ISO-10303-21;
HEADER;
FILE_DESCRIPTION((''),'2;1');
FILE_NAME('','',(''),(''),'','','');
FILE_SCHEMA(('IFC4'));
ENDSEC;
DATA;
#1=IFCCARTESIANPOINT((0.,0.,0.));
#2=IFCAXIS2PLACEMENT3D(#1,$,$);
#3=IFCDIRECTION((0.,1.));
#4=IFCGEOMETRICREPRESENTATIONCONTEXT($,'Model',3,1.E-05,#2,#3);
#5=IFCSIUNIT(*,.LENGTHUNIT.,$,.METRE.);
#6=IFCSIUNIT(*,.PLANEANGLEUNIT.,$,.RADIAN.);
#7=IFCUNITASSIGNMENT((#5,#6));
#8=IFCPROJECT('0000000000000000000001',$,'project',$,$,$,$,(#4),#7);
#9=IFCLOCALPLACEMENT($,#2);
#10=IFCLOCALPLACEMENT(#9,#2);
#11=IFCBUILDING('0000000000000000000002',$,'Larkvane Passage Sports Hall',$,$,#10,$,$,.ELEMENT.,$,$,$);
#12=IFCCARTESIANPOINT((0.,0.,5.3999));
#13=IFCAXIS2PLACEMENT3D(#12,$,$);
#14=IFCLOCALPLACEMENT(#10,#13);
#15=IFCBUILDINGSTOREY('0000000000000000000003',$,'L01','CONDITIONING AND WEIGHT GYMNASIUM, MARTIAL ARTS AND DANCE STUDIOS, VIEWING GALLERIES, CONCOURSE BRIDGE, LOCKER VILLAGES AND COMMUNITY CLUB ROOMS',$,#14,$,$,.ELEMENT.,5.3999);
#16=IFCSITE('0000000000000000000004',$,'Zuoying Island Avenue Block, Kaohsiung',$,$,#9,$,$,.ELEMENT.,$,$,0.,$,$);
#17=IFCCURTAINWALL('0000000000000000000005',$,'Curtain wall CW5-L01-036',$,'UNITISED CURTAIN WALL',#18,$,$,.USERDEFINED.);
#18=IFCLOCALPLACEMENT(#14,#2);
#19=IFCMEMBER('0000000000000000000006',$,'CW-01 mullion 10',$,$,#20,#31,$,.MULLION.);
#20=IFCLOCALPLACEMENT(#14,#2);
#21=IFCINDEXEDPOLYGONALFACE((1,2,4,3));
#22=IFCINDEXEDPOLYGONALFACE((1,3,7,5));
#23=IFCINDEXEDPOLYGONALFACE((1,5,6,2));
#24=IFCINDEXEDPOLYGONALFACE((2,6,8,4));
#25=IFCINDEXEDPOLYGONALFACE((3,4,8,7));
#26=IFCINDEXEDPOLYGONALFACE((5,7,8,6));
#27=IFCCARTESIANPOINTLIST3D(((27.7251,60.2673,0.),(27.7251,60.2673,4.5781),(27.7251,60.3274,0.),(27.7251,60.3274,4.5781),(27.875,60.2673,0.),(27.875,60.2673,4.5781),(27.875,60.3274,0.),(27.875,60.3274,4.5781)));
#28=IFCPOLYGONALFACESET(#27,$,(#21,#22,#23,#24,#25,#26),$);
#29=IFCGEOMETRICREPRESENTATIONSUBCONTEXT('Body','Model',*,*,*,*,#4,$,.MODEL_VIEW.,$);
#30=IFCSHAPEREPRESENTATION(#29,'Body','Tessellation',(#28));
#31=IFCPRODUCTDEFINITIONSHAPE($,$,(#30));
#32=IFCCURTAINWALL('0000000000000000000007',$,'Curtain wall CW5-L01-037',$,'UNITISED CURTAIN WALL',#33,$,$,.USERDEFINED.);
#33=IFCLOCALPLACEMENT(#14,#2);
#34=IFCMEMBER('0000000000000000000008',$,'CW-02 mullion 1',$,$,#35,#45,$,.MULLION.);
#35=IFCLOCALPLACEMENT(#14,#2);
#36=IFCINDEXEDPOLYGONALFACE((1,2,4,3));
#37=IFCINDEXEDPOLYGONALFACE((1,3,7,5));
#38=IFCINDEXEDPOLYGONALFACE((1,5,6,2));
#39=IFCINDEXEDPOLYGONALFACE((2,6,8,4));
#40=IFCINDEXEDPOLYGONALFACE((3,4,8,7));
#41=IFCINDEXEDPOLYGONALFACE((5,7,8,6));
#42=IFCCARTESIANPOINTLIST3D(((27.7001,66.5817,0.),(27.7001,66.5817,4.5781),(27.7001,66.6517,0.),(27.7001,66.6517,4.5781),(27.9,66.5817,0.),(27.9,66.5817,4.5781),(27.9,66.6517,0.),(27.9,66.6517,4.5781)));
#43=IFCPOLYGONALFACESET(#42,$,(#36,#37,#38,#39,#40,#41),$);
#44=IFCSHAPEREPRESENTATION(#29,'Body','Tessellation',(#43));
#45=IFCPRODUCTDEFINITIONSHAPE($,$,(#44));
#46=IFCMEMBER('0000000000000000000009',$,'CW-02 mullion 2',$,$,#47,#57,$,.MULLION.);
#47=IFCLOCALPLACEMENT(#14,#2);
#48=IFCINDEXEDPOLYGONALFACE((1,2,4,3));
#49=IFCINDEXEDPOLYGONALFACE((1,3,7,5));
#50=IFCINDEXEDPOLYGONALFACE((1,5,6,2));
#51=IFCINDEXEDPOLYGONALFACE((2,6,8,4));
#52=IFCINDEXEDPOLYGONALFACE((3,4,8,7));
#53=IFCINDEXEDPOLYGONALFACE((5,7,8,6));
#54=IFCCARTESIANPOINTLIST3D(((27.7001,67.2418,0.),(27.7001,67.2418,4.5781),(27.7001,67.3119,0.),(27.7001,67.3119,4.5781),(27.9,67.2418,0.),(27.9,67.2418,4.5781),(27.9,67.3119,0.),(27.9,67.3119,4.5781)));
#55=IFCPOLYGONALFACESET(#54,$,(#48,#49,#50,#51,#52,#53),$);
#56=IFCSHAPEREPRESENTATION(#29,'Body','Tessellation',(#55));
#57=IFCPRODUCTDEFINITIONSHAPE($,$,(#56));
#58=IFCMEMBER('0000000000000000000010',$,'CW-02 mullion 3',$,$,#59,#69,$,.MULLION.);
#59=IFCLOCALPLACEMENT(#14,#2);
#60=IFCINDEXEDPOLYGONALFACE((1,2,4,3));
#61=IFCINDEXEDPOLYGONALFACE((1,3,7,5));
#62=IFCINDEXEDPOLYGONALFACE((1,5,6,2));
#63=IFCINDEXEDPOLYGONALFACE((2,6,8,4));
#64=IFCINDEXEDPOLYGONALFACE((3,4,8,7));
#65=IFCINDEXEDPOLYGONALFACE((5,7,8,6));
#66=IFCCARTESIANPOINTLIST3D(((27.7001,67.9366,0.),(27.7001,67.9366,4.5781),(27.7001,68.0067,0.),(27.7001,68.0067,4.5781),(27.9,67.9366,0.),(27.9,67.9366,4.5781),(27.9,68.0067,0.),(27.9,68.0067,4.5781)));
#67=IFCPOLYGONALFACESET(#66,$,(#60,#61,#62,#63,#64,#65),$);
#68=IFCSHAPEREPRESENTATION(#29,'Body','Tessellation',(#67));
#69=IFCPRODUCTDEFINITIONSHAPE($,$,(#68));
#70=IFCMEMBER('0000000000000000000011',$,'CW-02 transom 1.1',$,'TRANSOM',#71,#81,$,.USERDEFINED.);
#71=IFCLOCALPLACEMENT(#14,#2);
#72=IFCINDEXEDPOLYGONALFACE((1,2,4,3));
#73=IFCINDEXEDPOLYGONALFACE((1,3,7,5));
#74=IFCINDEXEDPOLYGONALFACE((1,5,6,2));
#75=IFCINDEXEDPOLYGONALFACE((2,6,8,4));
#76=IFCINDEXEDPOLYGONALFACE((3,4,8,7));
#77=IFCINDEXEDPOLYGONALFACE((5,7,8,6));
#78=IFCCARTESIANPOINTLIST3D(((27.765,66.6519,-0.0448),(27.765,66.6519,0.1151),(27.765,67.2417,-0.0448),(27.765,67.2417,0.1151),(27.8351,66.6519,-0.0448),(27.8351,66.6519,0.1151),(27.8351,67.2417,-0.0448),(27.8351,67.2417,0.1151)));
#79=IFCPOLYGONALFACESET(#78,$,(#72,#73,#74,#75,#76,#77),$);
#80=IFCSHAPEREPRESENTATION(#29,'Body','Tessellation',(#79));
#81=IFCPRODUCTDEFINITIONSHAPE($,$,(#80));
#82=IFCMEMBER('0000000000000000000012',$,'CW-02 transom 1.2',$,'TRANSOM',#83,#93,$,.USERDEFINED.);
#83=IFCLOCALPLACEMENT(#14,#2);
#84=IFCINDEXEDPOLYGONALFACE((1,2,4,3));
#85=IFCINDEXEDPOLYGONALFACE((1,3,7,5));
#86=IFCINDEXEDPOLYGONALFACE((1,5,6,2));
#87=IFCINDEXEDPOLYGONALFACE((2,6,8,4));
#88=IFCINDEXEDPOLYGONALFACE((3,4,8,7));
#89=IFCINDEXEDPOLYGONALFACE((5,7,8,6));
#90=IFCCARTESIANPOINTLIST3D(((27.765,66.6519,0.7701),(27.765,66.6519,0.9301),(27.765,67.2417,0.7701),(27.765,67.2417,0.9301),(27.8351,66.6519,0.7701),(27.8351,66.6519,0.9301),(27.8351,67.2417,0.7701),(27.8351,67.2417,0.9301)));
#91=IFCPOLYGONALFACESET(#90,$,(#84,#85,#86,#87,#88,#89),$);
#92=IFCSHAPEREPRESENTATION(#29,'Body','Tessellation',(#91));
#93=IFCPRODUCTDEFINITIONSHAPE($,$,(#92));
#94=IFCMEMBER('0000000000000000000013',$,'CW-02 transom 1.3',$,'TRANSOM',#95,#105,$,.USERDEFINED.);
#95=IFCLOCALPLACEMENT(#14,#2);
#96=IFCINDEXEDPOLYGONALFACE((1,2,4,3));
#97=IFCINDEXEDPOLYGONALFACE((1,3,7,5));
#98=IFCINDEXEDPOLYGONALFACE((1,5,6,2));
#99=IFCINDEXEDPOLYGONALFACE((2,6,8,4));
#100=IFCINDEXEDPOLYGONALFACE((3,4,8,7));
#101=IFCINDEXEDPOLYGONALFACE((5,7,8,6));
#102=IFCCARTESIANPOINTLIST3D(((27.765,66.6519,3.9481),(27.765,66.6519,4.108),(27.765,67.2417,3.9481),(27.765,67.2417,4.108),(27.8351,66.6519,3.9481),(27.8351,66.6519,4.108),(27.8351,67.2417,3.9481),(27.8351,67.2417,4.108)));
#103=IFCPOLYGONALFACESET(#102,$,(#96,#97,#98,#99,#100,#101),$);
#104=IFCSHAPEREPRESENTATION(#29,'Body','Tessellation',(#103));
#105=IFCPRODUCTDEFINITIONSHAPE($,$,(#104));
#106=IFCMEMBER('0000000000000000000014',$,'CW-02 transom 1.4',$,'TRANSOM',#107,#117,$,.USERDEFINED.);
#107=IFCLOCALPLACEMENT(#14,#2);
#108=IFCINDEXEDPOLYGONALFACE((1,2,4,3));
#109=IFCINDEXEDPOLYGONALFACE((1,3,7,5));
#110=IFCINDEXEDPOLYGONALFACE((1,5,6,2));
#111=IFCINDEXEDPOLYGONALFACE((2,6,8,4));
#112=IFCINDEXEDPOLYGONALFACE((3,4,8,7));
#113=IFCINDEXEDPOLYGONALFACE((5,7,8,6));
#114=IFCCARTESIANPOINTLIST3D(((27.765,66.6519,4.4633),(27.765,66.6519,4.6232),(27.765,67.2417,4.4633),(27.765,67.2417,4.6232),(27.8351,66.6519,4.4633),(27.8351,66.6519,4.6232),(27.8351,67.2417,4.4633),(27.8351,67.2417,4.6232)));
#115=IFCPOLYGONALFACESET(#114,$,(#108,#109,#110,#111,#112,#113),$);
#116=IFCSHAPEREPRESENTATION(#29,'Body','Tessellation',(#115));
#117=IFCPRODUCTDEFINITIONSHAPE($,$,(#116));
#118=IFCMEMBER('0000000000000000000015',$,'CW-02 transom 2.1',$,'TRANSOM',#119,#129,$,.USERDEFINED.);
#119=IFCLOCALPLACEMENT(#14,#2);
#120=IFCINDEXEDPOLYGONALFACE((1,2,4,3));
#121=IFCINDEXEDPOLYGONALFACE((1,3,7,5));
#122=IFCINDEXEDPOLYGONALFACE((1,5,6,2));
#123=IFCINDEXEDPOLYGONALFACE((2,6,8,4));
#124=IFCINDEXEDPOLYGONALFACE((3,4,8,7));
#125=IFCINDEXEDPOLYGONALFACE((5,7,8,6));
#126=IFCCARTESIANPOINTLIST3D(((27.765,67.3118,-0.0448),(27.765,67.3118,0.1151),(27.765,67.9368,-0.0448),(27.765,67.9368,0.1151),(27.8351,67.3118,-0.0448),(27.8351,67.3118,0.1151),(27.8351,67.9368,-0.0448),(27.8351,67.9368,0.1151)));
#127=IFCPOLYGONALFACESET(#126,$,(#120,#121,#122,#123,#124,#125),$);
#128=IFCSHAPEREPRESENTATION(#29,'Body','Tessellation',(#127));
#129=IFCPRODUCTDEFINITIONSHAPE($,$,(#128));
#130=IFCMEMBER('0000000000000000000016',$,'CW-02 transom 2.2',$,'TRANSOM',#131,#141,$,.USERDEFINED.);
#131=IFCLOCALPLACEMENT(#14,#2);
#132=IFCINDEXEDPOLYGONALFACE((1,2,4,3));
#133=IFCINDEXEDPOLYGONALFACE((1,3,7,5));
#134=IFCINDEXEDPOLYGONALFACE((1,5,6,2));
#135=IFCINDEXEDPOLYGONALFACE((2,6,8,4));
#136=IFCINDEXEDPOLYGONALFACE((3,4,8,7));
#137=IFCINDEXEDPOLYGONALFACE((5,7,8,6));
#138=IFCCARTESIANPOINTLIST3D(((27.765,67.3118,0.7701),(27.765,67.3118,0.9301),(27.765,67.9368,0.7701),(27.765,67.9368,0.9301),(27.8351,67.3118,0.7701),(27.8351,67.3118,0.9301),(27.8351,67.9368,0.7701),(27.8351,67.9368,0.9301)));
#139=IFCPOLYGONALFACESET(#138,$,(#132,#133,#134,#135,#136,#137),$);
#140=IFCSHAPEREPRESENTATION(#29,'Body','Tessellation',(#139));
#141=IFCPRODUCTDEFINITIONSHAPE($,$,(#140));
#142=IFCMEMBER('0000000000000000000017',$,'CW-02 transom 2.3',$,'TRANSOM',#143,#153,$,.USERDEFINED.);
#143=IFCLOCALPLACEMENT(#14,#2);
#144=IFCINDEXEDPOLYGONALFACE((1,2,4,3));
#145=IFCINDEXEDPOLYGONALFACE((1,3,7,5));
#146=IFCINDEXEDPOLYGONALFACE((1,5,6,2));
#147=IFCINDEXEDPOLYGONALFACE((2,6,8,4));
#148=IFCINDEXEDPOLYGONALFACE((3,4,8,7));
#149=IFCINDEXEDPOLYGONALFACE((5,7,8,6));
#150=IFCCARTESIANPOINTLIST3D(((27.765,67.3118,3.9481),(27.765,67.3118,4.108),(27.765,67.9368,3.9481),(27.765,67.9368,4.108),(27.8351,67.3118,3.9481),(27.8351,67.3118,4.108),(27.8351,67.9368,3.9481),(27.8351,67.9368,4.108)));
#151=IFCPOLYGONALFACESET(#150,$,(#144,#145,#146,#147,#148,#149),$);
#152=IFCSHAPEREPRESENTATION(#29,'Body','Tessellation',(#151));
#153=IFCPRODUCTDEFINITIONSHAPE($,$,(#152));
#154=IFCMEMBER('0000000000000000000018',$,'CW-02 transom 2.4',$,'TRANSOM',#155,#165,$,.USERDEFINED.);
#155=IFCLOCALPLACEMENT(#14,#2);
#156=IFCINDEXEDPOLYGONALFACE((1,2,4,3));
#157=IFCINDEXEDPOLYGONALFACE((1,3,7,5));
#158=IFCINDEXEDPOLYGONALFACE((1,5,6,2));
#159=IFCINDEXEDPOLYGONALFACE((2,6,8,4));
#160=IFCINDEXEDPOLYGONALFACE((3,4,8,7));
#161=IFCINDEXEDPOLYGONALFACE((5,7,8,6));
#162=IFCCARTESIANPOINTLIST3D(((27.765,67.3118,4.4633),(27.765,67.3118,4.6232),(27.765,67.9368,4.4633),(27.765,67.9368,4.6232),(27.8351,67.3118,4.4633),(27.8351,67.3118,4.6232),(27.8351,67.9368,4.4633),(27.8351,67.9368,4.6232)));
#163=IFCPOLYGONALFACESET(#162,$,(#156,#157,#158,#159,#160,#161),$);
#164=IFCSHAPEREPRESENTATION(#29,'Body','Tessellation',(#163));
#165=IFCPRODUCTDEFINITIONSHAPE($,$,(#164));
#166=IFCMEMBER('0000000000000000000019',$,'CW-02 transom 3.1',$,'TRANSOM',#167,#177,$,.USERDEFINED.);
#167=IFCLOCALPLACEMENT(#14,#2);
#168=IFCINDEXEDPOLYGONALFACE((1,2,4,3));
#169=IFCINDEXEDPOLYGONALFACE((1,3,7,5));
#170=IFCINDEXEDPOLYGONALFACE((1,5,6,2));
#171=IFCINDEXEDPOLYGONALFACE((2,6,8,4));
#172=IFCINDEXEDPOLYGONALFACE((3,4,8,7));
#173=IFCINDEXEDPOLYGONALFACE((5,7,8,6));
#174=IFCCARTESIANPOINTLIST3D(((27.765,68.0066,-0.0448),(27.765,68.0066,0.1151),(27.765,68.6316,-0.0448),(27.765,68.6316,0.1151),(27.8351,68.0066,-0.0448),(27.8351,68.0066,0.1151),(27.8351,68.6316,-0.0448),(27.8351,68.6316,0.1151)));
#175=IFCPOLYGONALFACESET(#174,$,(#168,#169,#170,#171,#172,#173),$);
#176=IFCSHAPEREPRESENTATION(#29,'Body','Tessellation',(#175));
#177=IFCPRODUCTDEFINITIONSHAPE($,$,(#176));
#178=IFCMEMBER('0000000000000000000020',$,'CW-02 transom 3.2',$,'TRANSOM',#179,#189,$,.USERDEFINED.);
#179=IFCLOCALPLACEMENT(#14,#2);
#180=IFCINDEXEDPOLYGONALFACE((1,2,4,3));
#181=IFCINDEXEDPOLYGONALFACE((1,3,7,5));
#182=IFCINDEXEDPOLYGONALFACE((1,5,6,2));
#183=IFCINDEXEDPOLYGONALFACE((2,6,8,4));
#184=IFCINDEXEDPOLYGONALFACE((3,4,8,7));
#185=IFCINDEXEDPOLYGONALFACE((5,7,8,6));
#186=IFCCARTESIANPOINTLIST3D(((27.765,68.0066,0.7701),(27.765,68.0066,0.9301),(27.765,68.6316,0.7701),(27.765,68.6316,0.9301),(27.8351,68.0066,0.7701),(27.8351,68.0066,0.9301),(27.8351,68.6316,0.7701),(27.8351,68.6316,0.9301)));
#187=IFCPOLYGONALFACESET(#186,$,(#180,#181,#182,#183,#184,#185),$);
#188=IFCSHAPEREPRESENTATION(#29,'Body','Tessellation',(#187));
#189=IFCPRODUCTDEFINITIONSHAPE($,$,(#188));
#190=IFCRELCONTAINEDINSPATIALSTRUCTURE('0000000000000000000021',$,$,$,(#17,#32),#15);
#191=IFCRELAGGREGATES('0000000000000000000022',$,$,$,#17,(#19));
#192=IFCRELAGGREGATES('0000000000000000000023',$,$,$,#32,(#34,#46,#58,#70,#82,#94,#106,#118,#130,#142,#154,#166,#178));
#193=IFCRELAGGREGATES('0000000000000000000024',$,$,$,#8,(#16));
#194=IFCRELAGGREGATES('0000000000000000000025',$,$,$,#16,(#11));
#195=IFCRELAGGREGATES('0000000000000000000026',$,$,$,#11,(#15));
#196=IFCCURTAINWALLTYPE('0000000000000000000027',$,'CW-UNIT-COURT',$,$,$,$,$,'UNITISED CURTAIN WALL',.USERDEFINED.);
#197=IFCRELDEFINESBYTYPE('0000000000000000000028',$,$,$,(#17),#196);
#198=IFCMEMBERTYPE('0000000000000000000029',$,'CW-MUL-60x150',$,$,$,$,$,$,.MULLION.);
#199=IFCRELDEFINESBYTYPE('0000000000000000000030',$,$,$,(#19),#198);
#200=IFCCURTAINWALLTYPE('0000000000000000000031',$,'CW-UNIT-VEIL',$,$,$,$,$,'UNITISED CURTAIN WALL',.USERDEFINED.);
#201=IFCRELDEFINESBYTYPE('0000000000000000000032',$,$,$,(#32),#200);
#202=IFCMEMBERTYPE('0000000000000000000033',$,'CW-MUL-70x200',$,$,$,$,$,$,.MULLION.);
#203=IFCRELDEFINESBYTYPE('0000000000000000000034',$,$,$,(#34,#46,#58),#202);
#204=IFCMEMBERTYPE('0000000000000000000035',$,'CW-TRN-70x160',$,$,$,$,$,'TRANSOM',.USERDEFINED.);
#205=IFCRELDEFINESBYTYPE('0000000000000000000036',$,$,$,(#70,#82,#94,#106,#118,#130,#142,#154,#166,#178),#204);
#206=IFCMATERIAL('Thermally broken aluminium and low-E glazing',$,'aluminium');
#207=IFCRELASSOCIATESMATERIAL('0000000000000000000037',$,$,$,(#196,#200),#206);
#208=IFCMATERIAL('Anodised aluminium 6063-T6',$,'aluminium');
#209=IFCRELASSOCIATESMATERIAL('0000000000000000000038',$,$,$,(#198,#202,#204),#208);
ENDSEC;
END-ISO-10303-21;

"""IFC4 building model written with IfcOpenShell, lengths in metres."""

from ifc_helpers import new_model, si_unit, direction, frame, origin, origin_2d, place, context, subcontext, project, spatial, rectangle, extrude, material, material_profile, profile_set, type_object, element, aggregate, save


model = new_model("IFC4")

# Units and contexts
model_context = context("Model", 3, precision=1e-05, world=origin(), true_north=direction((0.0, 1.0)))
body_context = subcontext(model_context, "Body", "Model", "MODEL_VIEW")
ifc_project = project(units=[si_unit("LENGTHUNIT", "METRE"), si_unit("PLANEANGLEUNIT", "RADIAN")], contexts=[model_context])

# Site, building, storey
site_placement = place(None, origin())
site = spatial("IfcSite", under=ifc_project, at=site_placement, Name="Zuoying Island Avenue Block, Kaohsiung", CompositionType="ELEMENT", RefElevation=0.0)
building_placement = place(site_placement, origin())
building = spatial("IfcBuilding", under=site, at=building_placement, Name="Larkvane Passage Sports Hall", CompositionType="ELEMENT")
storey_placement = place(building_placement, frame((0.0, 0.0, 5.3999)))
storey = spatial("IfcBuildingStorey", under=building, at=storey_placement, Name="L01", Description="CONDITIONING AND WEIGHT GYMNASIUM, MARTIAL ARTS AND DANCE STUDIOS, VIEWING GALLERIES, CONCOURSE BRIDGE, LOCKER VILLAGES AND COMMUNITY CLUB ROOMS", CompositionType="ELEMENT", Elevation=5.3999)

# Curtain wall, member
ifc_material_1 = material(Name="Thermally broken aluminium and low-E glazing", Category="aluminium")
curtain_wall_type_1 = type_object("IfcCurtainWallType", Name="CW-UNIT-COURT", ElementType="UNITISED CURTAIN WALL", PredefinedType="USERDEFINED", material=ifc_material_1)
curtain_wall_1_placement = place(storey_placement, origin())
curtain_wall_1 = element("IfcCurtainWall", 1, at=curtain_wall_1_placement, inside=storey, type_object=curtain_wall_type_1, Name="Curtain wall CW5-L01-036", ObjectType="UNITISED CURTAIN WALL", PredefinedType="USERDEFINED")
ifc_material_2 = material(Name="Anodised aluminium 6063-T6", Category="aluminium")
ifc_material_profile_1 = material_profile(ifc_material_2, rectangle(XDim=0.0601, YDim=0.1499, at=origin_2d()), Name="ALU-MUL-60x150")
ifc_profile_set_1 = profile_set([ifc_material_profile_1], Name="Anodised aluminium 6063-T6")
member_type_1 = type_object("IfcMemberType", Name="CW-MUL-60x150", PredefinedType="MULLION", material=ifc_profile_set_1)
member_1_placement = place(storey_placement, frame((27.8, 60.2974, 0.0), z_axis=(0.0, 0.0, 1.0), x_axis=(0.0, 1.0, 0.0)))
member_1 = element("IfcMember", 2, at=member_1_placement, type_object=member_type_1, Name="CW-01 mullion 10", PredefinedType="MULLION", context=body_context, shape_type="SweptSolid", body=[
    extrude(rectangle(XDim=0.0601, YDim=0.1499, at=origin_2d()), origin(), (0.0, 0.0, 1.0), 4.5781),
])

# Curtain wall, members
curtain_wall_type_2 = type_object("IfcCurtainWallType", Name="CW-UNIT-VEIL", ElementType="UNITISED CURTAIN WALL", PredefinedType="USERDEFINED", material=ifc_material_1)
curtain_wall_2_placement = place(storey_placement, origin())
curtain_wall_2 = element("IfcCurtainWall", 3, at=curtain_wall_2_placement, inside=storey, type_object=curtain_wall_type_2, Name="Curtain wall CW5-L01-037", ObjectType="UNITISED CURTAIN WALL", PredefinedType="USERDEFINED")
ifc_material_profile_2 = material_profile(ifc_material_2, rectangle(XDim=0.0701, YDim=0.2, at=origin_2d()), Name="ALU-MUL-70x200")
ifc_profile_set_2 = profile_set([ifc_material_profile_2], Name="Anodised aluminium 6063-T6")
member_type_2 = type_object("IfcMemberType", Name="CW-MUL-70x200", PredefinedType="MULLION", material=ifc_profile_set_2)
member_2_placement = place(storey_placement, frame((27.8, 66.6167, 0.0), z_axis=(0.0, 0.0, 1.0), x_axis=(0.0, 1.0, 0.0)))
member_2 = element("IfcMember", 4, at=member_2_placement, type_object=member_type_2, Name="CW-02 mullion 1", PredefinedType="MULLION", context=body_context, shape_type="SweptSolid", body=[
    extrude(rectangle(XDim=0.0701, YDim=0.2, at=origin_2d()), origin(), (0.0, 0.0, 1.0), 4.5781),
])
member_3_placement = place(storey_placement, frame((27.8, 67.2769, 0.0), z_axis=(0.0, 0.0, 1.0), x_axis=(0.0, 1.0, 0.0)))
member_3 = element("IfcMember", 5, at=member_3_placement, type_object=member_type_2, Name="CW-02 mullion 2", PredefinedType="MULLION", context=body_context, shape_type="SweptSolid", body=[
    extrude(rectangle(XDim=0.0701, YDim=0.2, at=origin_2d()), origin(), (0.0, 0.0, 1.0), 4.5781),
])
member_4_placement = place(storey_placement, frame((27.8, 67.9717, 0.0), z_axis=(0.0, 0.0, 1.0), x_axis=(0.0, 1.0, 0.0)))
member_4 = element("IfcMember", 6, at=member_4_placement, type_object=member_type_2, Name="CW-02 mullion 3", PredefinedType="MULLION", context=body_context, shape_type="SweptSolid", body=[
    extrude(rectangle(XDim=0.0701, YDim=0.2, at=origin_2d()), origin(), (0.0, 0.0, 1.0), 4.5781),
])
ifc_material_profile_3 = material_profile(ifc_material_2, rectangle(XDim=0.0701, YDim=0.1599, at=origin_2d()), Name="ALU-TRN-70x160")
ifc_profile_set_3 = profile_set([ifc_material_profile_3], Name="Anodised aluminium 6063-T6")
member_type_3 = type_object("IfcMemberType", Name="CW-TRN-70x160", ElementType="TRANSOM", PredefinedType="USERDEFINED", material=ifc_profile_set_3)
member_5_placement = place(storey_placement, frame((27.8, 66.6519, 0.0352), z_axis=(0.0, 1.0, 0.0), x_axis=(-1.0, 0.0, 0.0)))
member_5 = element("IfcMember", 7, at=member_5_placement, type_object=member_type_3, Name="CW-02 transom 1.1", ObjectType="TRANSOM", PredefinedType="USERDEFINED", context=body_context, shape_type="SweptSolid", body=[
    extrude(rectangle(XDim=0.0701, YDim=0.1599, at=origin_2d()), origin(), (0.0, 0.0, 1.0), 0.5898),
])
member_6_placement = place(storey_placement, frame((27.8, 66.6519, 0.8501), z_axis=(0.0, 1.0, 0.0), x_axis=(-1.0, 0.0, 0.0)))
member_6 = element("IfcMember", 8, at=member_6_placement, type_object=member_type_3, Name="CW-02 transom 1.2", ObjectType="TRANSOM", PredefinedType="USERDEFINED", context=body_context, shape_type="SweptSolid", body=[
    extrude(rectangle(XDim=0.0701, YDim=0.1599, at=origin_2d()), origin(), (0.0, 0.0, 1.0), 0.5898),
])
member_7_placement = place(storey_placement, frame((27.8, 66.6519, 4.0281), z_axis=(0.0, 1.0, 0.0), x_axis=(-1.0, 0.0, 0.0)))
member_7 = element("IfcMember", 9, at=member_7_placement, type_object=member_type_3, Name="CW-02 transom 1.3", ObjectType="TRANSOM", PredefinedType="USERDEFINED", context=body_context, shape_type="SweptSolid", body=[
    extrude(rectangle(XDim=0.0701, YDim=0.1599, at=origin_2d()), origin(), (0.0, 0.0, 1.0), 0.5898),
])
member_8_placement = place(storey_placement, frame((27.8, 66.6519, 4.5432), z_axis=(0.0, 1.0, 0.0), x_axis=(-1.0, 0.0, 0.0)))
member_8 = element("IfcMember", 10, at=member_8_placement, type_object=member_type_3, Name="CW-02 transom 1.4", ObjectType="TRANSOM", PredefinedType="USERDEFINED", context=body_context, shape_type="SweptSolid", body=[
    extrude(rectangle(XDim=0.0701, YDim=0.1599, at=origin_2d()), origin(), (0.0, 0.0, 1.0), 0.5898),
])
member_9_placement = place(storey_placement, frame((27.8, 67.3118, 0.0352), z_axis=(0.0, 1.0, 0.0), x_axis=(-1.0, 0.0, 0.0)))
member_9 = element("IfcMember", 11, at=member_9_placement, type_object=member_type_3, Name="CW-02 transom 2.1", ObjectType="TRANSOM", PredefinedType="USERDEFINED", context=body_context, shape_type="SweptSolid", body=[
    extrude(rectangle(XDim=0.0701, YDim=0.1599, at=origin_2d()), origin(), (0.0, 0.0, 1.0), 0.625),
])
member_10_placement = place(storey_placement, frame((27.8, 67.3118, 0.8501), z_axis=(0.0, 1.0, 0.0), x_axis=(-1.0, 0.0, 0.0)))
member_10 = element("IfcMember", 12, at=member_10_placement, type_object=member_type_3, Name="CW-02 transom 2.2", ObjectType="TRANSOM", PredefinedType="USERDEFINED", context=body_context, shape_type="SweptSolid", body=[
    extrude(rectangle(XDim=0.0701, YDim=0.1599, at=origin_2d()), origin(), (0.0, 0.0, 1.0), 0.625),
])
member_11_placement = place(storey_placement, frame((27.8, 67.3118, 4.0281), z_axis=(0.0, 1.0, 0.0), x_axis=(-1.0, 0.0, 0.0)))
member_11 = element("IfcMember", 13, at=member_11_placement, type_object=member_type_3, Name="CW-02 transom 2.3", ObjectType="TRANSOM", PredefinedType="USERDEFINED", context=body_context, shape_type="SweptSolid", body=[
    extrude(rectangle(XDim=0.0701, YDim=0.1599, at=origin_2d()), origin(), (0.0, 0.0, 1.0), 0.625),
])
member_12_placement = place(storey_placement, frame((27.8, 67.3118, 4.5432), z_axis=(0.0, 1.0, 0.0), x_axis=(-1.0, 0.0, 0.0)))
member_12 = element("IfcMember", 14, at=member_12_placement, type_object=member_type_3, Name="CW-02 transom 2.4", ObjectType="TRANSOM", PredefinedType="USERDEFINED", context=body_context, shape_type="SweptSolid", body=[
    extrude(rectangle(XDim=0.0701, YDim=0.1599, at=origin_2d()), origin(), (0.0, 0.0, 1.0), 0.625),
])
member_13_placement = place(storey_placement, frame((27.8, 68.0066, 0.0352), z_axis=(0.0, 1.0, 0.0), x_axis=(-1.0, 0.0, 0.0)))
member_13 = element("IfcMember", 15, at=member_13_placement, type_object=member_type_3, Name="CW-02 transom 3.1", ObjectType="TRANSOM", PredefinedType="USERDEFINED", context=body_context, shape_type="SweptSolid", body=[
    extrude(rectangle(XDim=0.0701, YDim=0.1599, at=origin_2d()), origin(), (0.0, 0.0, 1.0), 0.625),
])
member_14_placement = place(storey_placement, frame((27.8, 68.0066, 0.8501), z_axis=(0.0, 1.0, 0.0), x_axis=(-1.0, 0.0, 0.0)))
member_14 = element("IfcMember", 16, at=member_14_placement, type_object=member_type_3, Name="CW-02 transom 3.2", ObjectType="TRANSOM", PredefinedType="USERDEFINED", context=body_context, shape_type="SweptSolid", body=[
    extrude(rectangle(XDim=0.0701, YDim=0.1599, at=origin_2d()), origin(), (0.0, 0.0, 1.0), 0.625),
])

aggregate(curtain_wall_1, [member_1])
aggregate(curtain_wall_2, [member_2, member_3, member_4, member_5, member_6, member_7, member_8, member_9, member_10, member_11, member_12, member_13, member_14])

save(model, "model.ifc")
